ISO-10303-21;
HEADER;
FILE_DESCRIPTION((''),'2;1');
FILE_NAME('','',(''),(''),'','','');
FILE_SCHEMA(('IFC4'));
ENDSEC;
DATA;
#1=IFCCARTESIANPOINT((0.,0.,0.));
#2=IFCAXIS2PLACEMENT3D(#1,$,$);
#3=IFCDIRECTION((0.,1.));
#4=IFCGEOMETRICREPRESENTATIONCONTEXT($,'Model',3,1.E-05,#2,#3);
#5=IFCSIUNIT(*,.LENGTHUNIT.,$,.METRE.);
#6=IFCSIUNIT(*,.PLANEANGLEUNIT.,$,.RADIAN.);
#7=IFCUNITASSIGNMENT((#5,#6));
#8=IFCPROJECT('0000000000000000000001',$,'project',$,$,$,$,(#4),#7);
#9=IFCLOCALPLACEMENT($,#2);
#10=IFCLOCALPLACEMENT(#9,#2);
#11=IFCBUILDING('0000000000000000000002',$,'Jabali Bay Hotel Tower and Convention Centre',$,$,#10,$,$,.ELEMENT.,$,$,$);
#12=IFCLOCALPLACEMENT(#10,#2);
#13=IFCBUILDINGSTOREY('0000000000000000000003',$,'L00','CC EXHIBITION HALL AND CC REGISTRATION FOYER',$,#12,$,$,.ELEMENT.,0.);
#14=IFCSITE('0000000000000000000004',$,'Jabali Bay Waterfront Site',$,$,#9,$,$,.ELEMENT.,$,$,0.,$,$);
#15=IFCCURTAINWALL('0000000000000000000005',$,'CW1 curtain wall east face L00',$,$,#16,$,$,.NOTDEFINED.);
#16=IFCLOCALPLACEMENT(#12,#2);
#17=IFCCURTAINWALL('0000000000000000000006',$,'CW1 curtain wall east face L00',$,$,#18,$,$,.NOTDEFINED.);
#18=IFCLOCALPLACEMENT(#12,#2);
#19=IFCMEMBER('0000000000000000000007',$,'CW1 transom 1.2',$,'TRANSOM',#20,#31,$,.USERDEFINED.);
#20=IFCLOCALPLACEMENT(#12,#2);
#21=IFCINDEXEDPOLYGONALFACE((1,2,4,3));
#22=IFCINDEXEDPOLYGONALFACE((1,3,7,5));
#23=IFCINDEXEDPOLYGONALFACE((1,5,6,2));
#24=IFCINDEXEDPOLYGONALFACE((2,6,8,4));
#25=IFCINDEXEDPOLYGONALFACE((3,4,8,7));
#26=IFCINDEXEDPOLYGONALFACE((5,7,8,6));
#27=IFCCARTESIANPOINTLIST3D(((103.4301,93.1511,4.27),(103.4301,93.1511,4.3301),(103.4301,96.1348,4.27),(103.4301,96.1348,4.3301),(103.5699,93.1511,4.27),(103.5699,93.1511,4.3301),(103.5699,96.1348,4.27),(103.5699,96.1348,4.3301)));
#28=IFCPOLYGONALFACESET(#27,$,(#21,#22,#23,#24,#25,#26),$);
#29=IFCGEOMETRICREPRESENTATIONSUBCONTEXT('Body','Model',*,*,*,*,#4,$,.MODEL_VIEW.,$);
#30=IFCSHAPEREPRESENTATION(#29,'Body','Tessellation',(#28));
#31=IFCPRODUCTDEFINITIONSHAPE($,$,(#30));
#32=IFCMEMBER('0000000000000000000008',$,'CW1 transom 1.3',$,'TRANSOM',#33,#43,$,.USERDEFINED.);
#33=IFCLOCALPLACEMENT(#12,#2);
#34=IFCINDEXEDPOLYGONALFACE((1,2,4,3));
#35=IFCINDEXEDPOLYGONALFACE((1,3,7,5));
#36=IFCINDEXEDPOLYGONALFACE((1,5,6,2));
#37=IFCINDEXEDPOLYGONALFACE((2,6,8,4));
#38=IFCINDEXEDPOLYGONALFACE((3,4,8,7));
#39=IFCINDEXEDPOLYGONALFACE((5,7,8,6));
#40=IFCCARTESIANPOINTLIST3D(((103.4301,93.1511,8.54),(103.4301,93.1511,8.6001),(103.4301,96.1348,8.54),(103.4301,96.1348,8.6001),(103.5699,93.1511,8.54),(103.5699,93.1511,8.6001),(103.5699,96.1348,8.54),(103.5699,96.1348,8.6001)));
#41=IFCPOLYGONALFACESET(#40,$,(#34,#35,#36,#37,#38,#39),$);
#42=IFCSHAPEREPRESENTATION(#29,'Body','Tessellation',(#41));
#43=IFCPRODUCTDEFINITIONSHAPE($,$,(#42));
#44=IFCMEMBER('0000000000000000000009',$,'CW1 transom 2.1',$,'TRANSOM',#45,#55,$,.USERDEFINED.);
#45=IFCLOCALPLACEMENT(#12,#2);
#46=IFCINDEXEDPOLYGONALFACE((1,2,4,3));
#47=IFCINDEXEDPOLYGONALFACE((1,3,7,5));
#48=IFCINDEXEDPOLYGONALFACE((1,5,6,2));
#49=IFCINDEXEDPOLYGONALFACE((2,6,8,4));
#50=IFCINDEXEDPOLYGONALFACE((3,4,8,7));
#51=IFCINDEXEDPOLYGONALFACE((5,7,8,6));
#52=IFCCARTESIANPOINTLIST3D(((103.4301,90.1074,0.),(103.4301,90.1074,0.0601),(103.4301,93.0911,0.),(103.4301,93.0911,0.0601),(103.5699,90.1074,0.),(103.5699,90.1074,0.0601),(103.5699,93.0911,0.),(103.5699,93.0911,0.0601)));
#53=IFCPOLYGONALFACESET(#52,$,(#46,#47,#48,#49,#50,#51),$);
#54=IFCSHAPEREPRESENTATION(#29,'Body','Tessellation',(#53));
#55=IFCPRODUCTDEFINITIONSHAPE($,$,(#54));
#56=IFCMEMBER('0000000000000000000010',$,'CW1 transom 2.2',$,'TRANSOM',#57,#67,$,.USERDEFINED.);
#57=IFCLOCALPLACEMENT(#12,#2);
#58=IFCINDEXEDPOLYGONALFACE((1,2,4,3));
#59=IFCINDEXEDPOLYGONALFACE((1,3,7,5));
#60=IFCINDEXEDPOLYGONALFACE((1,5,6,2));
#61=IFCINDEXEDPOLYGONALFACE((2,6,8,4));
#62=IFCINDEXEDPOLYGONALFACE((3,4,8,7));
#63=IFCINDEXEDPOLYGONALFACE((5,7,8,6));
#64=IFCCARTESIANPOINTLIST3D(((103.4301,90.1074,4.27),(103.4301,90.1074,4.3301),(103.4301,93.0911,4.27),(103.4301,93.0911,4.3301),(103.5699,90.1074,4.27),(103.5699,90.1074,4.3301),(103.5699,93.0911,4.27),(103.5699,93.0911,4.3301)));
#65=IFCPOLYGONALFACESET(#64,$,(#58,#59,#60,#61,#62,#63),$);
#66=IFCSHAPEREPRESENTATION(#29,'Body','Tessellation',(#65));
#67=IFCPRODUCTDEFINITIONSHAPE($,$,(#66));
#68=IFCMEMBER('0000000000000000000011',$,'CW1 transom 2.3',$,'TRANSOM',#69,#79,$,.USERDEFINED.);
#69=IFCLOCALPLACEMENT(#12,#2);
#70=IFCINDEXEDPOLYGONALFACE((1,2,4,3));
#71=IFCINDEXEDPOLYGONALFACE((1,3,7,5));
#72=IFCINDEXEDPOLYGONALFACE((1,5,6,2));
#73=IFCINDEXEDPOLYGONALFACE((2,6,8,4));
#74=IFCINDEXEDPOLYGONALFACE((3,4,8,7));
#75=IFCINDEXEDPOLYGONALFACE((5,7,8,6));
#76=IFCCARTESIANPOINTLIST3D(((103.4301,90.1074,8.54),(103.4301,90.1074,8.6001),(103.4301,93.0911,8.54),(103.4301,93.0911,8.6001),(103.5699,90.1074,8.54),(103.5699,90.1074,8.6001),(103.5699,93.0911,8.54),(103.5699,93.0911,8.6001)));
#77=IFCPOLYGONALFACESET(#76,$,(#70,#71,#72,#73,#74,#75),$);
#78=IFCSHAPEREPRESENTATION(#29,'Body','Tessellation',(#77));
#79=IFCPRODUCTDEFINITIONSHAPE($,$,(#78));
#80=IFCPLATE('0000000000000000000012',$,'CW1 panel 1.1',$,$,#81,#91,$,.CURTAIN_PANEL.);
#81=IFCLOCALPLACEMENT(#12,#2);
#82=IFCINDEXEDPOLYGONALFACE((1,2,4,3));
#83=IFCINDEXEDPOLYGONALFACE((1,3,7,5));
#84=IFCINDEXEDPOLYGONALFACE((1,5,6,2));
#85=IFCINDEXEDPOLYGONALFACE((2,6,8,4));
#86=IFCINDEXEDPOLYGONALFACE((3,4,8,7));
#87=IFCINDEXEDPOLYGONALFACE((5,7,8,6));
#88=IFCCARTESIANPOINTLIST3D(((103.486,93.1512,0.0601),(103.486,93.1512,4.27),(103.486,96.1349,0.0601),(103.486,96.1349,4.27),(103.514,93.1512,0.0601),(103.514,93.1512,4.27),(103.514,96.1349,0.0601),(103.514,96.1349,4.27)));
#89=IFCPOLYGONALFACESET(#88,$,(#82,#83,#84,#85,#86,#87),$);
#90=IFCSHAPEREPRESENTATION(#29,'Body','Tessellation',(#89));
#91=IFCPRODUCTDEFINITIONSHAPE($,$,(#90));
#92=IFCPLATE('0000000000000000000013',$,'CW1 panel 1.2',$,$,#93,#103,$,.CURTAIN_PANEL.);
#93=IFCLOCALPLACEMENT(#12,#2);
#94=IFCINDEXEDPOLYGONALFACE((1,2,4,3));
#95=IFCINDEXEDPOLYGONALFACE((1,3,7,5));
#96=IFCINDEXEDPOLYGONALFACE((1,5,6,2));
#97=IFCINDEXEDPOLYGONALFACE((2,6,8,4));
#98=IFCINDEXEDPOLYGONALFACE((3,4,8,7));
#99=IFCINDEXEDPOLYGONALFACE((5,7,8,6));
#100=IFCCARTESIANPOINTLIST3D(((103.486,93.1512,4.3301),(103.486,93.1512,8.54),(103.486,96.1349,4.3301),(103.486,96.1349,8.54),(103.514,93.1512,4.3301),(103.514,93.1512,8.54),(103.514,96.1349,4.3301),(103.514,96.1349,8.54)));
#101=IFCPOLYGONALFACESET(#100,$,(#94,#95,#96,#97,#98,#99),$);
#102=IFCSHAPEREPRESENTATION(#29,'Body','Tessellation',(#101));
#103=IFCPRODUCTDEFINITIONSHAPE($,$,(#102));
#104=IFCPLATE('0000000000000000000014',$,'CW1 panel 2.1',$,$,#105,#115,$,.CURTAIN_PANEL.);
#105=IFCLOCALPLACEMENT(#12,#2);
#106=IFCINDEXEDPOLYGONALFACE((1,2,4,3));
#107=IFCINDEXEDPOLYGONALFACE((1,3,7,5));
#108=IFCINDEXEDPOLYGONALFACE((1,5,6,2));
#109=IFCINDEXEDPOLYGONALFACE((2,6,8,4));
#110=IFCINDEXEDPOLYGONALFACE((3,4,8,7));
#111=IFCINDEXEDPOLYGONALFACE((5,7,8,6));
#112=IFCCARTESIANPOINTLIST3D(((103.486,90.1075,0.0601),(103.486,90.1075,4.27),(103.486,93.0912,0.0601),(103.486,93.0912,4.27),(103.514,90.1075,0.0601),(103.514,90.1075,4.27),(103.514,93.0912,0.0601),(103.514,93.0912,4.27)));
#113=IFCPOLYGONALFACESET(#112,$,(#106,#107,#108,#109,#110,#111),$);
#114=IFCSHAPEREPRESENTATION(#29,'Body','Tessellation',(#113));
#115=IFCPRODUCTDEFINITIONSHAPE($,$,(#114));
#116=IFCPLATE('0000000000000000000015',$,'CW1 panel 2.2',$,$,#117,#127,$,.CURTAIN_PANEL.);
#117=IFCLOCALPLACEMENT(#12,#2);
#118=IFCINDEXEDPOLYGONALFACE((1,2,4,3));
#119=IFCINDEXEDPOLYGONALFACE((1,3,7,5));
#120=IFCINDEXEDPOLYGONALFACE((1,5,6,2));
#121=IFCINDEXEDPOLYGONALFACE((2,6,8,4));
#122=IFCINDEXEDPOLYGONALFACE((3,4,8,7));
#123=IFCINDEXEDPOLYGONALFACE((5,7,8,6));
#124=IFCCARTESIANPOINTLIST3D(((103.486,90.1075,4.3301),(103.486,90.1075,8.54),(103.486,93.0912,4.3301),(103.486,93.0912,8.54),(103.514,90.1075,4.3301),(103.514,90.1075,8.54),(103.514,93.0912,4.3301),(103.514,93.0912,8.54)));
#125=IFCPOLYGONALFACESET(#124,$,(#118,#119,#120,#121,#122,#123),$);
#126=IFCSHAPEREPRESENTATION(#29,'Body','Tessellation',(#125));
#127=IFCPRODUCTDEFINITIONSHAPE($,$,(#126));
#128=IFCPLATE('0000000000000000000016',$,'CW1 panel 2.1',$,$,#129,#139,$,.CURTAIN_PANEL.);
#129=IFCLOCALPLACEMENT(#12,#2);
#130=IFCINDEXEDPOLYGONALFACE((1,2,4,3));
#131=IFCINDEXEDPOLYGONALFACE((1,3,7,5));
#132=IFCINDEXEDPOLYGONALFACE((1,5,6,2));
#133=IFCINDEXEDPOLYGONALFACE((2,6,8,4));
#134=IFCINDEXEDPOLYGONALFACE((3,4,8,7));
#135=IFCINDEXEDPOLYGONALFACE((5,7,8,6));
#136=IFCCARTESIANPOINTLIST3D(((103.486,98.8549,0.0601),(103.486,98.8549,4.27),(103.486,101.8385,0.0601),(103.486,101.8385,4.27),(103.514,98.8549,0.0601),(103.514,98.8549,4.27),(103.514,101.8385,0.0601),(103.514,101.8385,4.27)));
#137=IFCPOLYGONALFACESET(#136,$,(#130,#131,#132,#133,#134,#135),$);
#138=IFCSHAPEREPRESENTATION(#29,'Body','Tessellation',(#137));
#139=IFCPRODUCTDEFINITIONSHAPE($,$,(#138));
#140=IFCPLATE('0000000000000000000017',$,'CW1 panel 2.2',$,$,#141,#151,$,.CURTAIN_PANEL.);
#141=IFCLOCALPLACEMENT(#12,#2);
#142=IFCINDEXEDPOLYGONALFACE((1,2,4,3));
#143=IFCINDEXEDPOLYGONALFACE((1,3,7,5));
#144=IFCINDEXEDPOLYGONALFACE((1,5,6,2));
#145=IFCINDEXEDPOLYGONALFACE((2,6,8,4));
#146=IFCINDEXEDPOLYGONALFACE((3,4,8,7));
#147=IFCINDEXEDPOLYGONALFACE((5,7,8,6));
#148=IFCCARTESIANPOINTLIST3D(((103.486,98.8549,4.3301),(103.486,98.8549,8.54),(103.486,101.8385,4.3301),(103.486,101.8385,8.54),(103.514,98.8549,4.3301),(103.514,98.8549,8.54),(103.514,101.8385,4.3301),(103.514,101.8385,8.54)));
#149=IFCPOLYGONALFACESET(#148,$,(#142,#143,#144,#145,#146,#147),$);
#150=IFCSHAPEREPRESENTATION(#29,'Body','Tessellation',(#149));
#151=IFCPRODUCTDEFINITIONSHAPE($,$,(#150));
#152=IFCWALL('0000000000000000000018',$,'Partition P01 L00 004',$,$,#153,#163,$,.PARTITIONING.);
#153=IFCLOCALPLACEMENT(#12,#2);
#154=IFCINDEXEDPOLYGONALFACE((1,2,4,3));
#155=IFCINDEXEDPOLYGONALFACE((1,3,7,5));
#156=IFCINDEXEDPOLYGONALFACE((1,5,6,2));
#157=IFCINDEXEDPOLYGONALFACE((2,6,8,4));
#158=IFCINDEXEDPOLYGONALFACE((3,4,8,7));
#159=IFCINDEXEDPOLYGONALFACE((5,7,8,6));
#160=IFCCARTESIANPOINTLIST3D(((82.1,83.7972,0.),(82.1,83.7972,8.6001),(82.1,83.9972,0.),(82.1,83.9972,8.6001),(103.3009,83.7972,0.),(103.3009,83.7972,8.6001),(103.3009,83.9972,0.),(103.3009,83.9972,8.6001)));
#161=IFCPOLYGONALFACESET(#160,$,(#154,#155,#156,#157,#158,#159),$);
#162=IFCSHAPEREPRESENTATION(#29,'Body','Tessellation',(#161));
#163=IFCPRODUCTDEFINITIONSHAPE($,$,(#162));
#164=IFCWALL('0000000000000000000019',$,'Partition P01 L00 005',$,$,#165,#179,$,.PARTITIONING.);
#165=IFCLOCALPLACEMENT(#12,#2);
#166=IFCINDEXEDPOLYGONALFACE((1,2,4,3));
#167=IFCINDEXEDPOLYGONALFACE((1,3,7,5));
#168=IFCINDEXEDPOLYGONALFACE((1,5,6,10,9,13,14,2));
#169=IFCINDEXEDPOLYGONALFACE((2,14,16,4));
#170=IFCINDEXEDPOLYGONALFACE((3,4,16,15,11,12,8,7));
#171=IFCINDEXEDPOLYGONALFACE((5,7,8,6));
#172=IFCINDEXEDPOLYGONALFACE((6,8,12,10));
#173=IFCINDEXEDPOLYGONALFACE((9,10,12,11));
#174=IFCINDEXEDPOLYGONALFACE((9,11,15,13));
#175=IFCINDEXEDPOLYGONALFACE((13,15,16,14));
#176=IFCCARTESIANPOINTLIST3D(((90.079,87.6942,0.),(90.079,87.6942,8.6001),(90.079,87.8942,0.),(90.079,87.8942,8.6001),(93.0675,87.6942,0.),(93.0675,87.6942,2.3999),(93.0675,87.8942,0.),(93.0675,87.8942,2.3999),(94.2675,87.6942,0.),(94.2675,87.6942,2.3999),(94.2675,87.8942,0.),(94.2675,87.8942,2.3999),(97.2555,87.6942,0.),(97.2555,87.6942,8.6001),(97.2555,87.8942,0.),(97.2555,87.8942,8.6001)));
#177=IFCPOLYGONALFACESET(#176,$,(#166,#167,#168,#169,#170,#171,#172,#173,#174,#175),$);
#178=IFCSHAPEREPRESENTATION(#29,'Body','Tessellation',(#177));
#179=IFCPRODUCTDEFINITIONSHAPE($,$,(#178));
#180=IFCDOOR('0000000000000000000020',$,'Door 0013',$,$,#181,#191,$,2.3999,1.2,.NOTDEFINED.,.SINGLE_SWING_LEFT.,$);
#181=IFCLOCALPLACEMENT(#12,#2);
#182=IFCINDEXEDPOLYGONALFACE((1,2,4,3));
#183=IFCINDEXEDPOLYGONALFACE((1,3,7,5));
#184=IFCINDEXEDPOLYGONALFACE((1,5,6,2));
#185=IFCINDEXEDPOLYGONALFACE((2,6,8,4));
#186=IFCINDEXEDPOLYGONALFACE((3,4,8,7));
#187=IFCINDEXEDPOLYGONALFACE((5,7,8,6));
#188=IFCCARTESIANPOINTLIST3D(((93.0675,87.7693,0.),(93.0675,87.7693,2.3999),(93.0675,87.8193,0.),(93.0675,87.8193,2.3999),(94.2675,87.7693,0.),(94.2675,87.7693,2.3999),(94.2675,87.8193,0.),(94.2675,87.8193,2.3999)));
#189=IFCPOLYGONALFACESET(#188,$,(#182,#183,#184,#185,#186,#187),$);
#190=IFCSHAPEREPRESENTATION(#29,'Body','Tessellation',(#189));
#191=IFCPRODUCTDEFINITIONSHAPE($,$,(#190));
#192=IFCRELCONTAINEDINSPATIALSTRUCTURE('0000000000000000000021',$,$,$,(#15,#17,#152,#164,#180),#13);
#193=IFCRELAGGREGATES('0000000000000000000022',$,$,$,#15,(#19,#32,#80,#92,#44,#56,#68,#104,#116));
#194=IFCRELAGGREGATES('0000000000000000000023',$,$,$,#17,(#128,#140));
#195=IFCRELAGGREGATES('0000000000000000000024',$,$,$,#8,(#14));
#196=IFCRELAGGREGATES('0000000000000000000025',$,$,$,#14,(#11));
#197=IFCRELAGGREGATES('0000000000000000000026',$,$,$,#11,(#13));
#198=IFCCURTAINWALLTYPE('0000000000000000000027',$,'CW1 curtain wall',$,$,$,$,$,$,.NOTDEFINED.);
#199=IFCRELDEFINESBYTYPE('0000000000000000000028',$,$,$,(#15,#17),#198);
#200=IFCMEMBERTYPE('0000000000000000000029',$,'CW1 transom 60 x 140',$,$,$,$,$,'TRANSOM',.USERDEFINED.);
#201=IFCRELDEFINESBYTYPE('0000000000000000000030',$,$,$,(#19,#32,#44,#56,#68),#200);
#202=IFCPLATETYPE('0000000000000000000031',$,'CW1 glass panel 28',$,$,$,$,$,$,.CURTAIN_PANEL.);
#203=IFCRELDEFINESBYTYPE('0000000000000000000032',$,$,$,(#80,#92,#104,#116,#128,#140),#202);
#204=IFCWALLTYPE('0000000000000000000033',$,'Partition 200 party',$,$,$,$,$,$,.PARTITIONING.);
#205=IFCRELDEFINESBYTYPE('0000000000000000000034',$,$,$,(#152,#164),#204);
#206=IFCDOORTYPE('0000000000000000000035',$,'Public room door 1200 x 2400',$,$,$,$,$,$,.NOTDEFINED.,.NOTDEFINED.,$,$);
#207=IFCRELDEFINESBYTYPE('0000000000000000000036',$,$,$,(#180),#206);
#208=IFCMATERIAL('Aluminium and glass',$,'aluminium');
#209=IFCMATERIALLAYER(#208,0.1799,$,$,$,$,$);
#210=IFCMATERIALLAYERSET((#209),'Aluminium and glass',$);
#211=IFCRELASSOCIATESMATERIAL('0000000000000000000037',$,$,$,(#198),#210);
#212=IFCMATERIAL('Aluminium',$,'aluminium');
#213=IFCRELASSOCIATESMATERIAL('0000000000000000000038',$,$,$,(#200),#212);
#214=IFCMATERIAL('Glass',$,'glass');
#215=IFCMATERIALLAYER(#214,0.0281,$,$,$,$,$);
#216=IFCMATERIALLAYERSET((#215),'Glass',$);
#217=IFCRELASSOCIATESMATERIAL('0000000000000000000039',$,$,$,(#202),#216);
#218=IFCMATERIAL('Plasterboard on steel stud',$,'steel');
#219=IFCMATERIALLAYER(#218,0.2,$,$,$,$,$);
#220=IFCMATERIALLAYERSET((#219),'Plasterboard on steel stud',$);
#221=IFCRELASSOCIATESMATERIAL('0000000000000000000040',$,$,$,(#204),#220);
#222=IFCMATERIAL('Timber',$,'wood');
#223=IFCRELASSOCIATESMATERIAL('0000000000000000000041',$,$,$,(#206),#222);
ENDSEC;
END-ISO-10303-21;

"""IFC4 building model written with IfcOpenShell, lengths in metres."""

from ifc_helpers import new_model, si_unit, direction, frame, frame_2d, origin, origin_2d, place, context, subcontext, project, spatial, rectangle, extrude, material, layer, layer_set, material_profile, profile_set, type_object, element, fill, aggregate, save


model = new_model("IFC4")

# Units and contexts
model_context = context("Model", 3, precision=1e-05, world=origin(), true_north=direction((0.0, 1.0)))
body_context = subcontext(model_context, "Body", "Model", "MODEL_VIEW")
ifc_project = project(units=[si_unit("LENGTHUNIT", "METRE"), si_unit("PLANEANGLEUNIT", "RADIAN")], contexts=[model_context])

# Site, building, storey
site_placement = place(None, origin())
site = spatial("IfcSite", under=ifc_project, at=site_placement, Name="Jabali Bay Waterfront Site", CompositionType="ELEMENT", RefElevation=0.0)
building_placement = place(site_placement, origin())
building = spatial("IfcBuilding", under=site, at=building_placement, Name="Jabali Bay Hotel Tower and Convention Centre", CompositionType="ELEMENT")
storey_placement = place(building_placement, origin())
storey = spatial("IfcBuildingStorey", under=building, at=storey_placement, Name="L00", Description="CC EXHIBITION HALL AND CC REGISTRATION FOYER", CompositionType="ELEMENT", Elevation=0.0)

# Curtain wall
ifc_material_1 = material(Name="Aluminium and glass", Category="aluminium")
ifc_layer_1 = layer(ifc_material_1, 0.1799)
ifc_layer_set_1 = layer_set([ifc_layer_1], Name="Aluminium and glass")
curtain_wall_type = type_object("IfcCurtainWallType", Name="CW1 curtain wall", PredefinedType="NOTDEFINED", material=ifc_layer_set_1)
curtain_wall_1_placement = place(storey_placement, origin())
curtain_wall_1 = element("IfcCurtainWall", 1, at=curtain_wall_1_placement, inside=storey, type_object=curtain_wall_type, Name="CW1 curtain wall east face L00", PredefinedType="NOTDEFINED")
ifc_material_2 = material(Name="Aluminium", Category="aluminium")

# Curtain wall
curtain_wall_2_placement = place(storey_placement, origin())
curtain_wall_2 = element("IfcCurtainWall", 2, at=curtain_wall_2_placement, inside=storey, type_object=curtain_wall_type, Name="CW1 curtain wall east face L00", PredefinedType="NOTDEFINED")

# Members
ifc_material_profile_1 = material_profile(ifc_material_2, rectangle(XDim=0.1399, YDim=0.0601, at=origin_2d()), Name="CW1 transom 60 x 140")
ifc_profile_set_1 = profile_set([ifc_material_profile_1], Name="Aluminium")
member_type_1 = type_object("IfcMemberType", Name="CW1 transom 60 x 140", ElementType="TRANSOM", PredefinedType="USERDEFINED", material=ifc_profile_set_1)
member_1_placement = place(storey_placement, frame((103.5, 96.1348, 4.3), z_axis=(0.0, -1.0, 0.0), x_axis=(1.0, 0.0, 0.0)))
member_1 = element("IfcMember", 3, at=member_1_placement, type_object=member_type_1, Name="CW1 transom 1.2", ObjectType="TRANSOM", PredefinedType="USERDEFINED", context=body_context, shape_type="SweptSolid", body=[
    extrude(rectangle(XDim=0.1399, YDim=0.0601, at=origin_2d()), origin(), (0.0, 0.0, 1.0), 2.9836),
])
member_2_placement = place(storey_placement, frame((103.5, 96.1348, 8.5701), z_axis=(0.0, -1.0, 0.0), x_axis=(1.0, 0.0, 0.0)))
member_2 = element("IfcMember", 4, at=member_2_placement, type_object=member_type_1, Name="CW1 transom 1.3", ObjectType="TRANSOM", PredefinedType="USERDEFINED", context=body_context, shape_type="SweptSolid", body=[
    extrude(rectangle(XDim=0.1399, YDim=0.0601, at=origin_2d()), origin(), (0.0, 0.0, 1.0), 2.9836),
])
member_3_placement = place(storey_placement, frame((103.5, 93.0911, 0.03), z_axis=(0.0, -1.0, 0.0), x_axis=(1.0, 0.0, 0.0)))
member_3 = element("IfcMember", 5, at=member_3_placement, type_object=member_type_1, Name="CW1 transom 2.1", ObjectType="TRANSOM", PredefinedType="USERDEFINED", context=body_context, shape_type="SweptSolid", body=[
    extrude(rectangle(XDim=0.1399, YDim=0.0601, at=origin_2d()), origin(), (0.0, 0.0, 1.0), 2.9836),
])
member_4_placement = place(storey_placement, frame((103.5, 93.0911, 4.3), z_axis=(0.0, -1.0, 0.0), x_axis=(1.0, 0.0, 0.0)))
member_4 = element("IfcMember", 6, at=member_4_placement, type_object=member_type_1, Name="CW1 transom 2.2", ObjectType="TRANSOM", PredefinedType="USERDEFINED", context=body_context, shape_type="SweptSolid", body=[
    extrude(rectangle(XDim=0.1399, YDim=0.0601, at=origin_2d()), origin(), (0.0, 0.0, 1.0), 2.9836),
])
member_5_placement = place(storey_placement, frame((103.5, 93.0911, 8.5701), z_axis=(0.0, -1.0, 0.0), x_axis=(1.0, 0.0, 0.0)))
member_5 = element("IfcMember", 7, at=member_5_placement, type_object=member_type_1, Name="CW1 transom 2.3", ObjectType="TRANSOM", PredefinedType="USERDEFINED", context=body_context, shape_type="SweptSolid", body=[
    extrude(rectangle(XDim=0.1399, YDim=0.0601, at=origin_2d()), origin(), (0.0, 0.0, 1.0), 2.9836),
])

# Plates
ifc_material_3 = material(Name="Glass", Category="glass")
ifc_layer_2 = layer(ifc_material_3, 0.0281)
ifc_layer_set_2 = layer_set([ifc_layer_2], Name="Glass")
plate_type = type_object("IfcPlateType", Name="CW1 glass panel 28", PredefinedType="CURTAIN_PANEL", material=ifc_layer_set_2)
plate_1_placement = place(storey_placement, frame((103.5, 94.6431, 0.0601), z_axis=(0.0, 0.0, 1.0), x_axis=(0.0, -1.0, 0.0)))
plate_1 = element("IfcPlate", 8, at=plate_1_placement, type_object=plate_type, Name="CW1 panel 1.1", PredefinedType="CURTAIN_PANEL", context=body_context, shape_type="SweptSolid", body=[
    extrude(rectangle(XDim=2.9836, YDim=0.0281, at=origin_2d()), origin(), (0.0, 0.0, 1.0), 4.21),
])
plate_2_placement = place(storey_placement, frame((103.5, 94.6431, 4.3301), z_axis=(0.0, 0.0, 1.0), x_axis=(0.0, -1.0, 0.0)))
plate_2 = element("IfcPlate", 9, at=plate_2_placement, type_object=plate_type, Name="CW1 panel 1.2", PredefinedType="CURTAIN_PANEL", context=body_context, shape_type="SweptSolid", body=[
    extrude(rectangle(XDim=2.9836, YDim=0.0281, at=origin_2d()), origin(), (0.0, 0.0, 1.0), 4.21),
])
plate_3_placement = place(storey_placement, frame((103.5, 91.5994, 0.0601), z_axis=(0.0, 0.0, 1.0), x_axis=(0.0, -1.0, 0.0)))
plate_3 = element("IfcPlate", 10, at=plate_3_placement, type_object=plate_type, Name="CW1 panel 2.1", PredefinedType="CURTAIN_PANEL", context=body_context, shape_type="SweptSolid", body=[
    extrude(rectangle(XDim=2.9836, YDim=0.0281, at=origin_2d()), origin(), (0.0, 0.0, 1.0), 4.21),
])
plate_4_placement = place(storey_placement, frame((103.5, 91.5994, 4.3301), z_axis=(0.0, 0.0, 1.0), x_axis=(0.0, -1.0, 0.0)))
plate_4 = element("IfcPlate", 11, at=plate_4_placement, type_object=plate_type, Name="CW1 panel 2.2", PredefinedType="CURTAIN_PANEL", context=body_context, shape_type="SweptSolid", body=[
    extrude(rectangle(XDim=2.9836, YDim=0.0281, at=origin_2d()), origin(), (0.0, 0.0, 1.0), 4.21),
])
aggregate(curtain_wall_1, [member_1, member_2, plate_1, plate_2, member_3, member_4, member_5, plate_3, plate_4])
plate_5_placement = place(storey_placement, frame((103.5, 100.3467, 0.0601), z_axis=(0.0, 0.0, 1.0), x_axis=(0.0, -1.0, 0.0)))
plate_5 = element("IfcPlate", 12, at=plate_5_placement, type_object=plate_type, Name="CW1 panel 2.1", PredefinedType="CURTAIN_PANEL", context=body_context, shape_type="SweptSolid", body=[
    extrude(rectangle(XDim=2.9836, YDim=0.0281, at=origin_2d()), origin(), (0.0, 0.0, 1.0), 4.21),
])
plate_6_placement = place(storey_placement, frame((103.5, 100.3467, 4.3301), z_axis=(0.0, 0.0, 1.0), x_axis=(0.0, -1.0, 0.0)))
plate_6 = element("IfcPlate", 13, at=plate_6_placement, type_object=plate_type, Name="CW1 panel 2.2", PredefinedType="CURTAIN_PANEL", context=body_context, shape_type="SweptSolid", body=[
    extrude(rectangle(XDim=2.9836, YDim=0.0281, at=origin_2d()), origin(), (0.0, 0.0, 1.0), 4.21),
])
aggregate(curtain_wall_2, [plate_5, plate_6])

# Wall
ifc_material_4 = material(Name="Plasterboard on steel stud", Category="steel")
ifc_layer_3 = layer(ifc_material_4, 0.2)
ifc_layer_set_3 = layer_set([ifc_layer_3], Name="Plasterboard on steel stud")
wall_type_1 = type_object("IfcWallType", Name="Partition 200 party", PredefinedType="PARTITIONING", material=ifc_layer_set_3)
wall_1_placement = place(storey_placement, frame((103.301, 83.8972, 0.0), z_axis=(0.0, 0.0, 1.0), x_axis=(-1.0, 0.0, 0.0)))
element("IfcWall", 14, at=wall_1_placement, inside=storey, type_object=wall_type_1, Name="Partition P01 L00 004", PredefinedType="PARTITIONING", context=body_context, shape_type="SweptSolid", body=[
    extrude(rectangle(XDim=21.2009, YDim=0.2, at=frame_2d((10.6006, 0.0))), origin(), (0.0, 0.0, 1.0), 8.6001),
])

# Wall, opening, door
wall_2_placement = place(storey_placement, frame((97.2556, 87.7942, 0.0), z_axis=(0.0, 0.0, 1.0), x_axis=(-1.0, 0.0, 0.0)))
wall_2 = element("IfcWall", 15, at=wall_2_placement, inside=storey, type_object=wall_type_1, Name="Partition P01 L00 005", PredefinedType="PARTITIONING", context=body_context, shape_type="SweptSolid", body=[
    extrude(rectangle(XDim=7.1765, YDim=0.2, at=frame_2d((3.5884, 0.0))), origin(), (0.0, 0.0, 1.0), 8.6001),
])
opening_1_placement = place(wall_2_placement, frame((2.988, 0.0, 0.0)))
opening_1 = element("IfcOpeningElement", 16, at=opening_1_placement, cuts=wall_2, PredefinedType="OPENING", context=body_context, shape_type="SweptSolid", body=[
    extrude(rectangle(XDim=1.2, YDim=2.3999, at=frame_2d((0.6001, 1.2))), frame((0.0, 0.1104, 0.0), z_axis=(0.0, -1.0, 0.0), x_axis=(1.0, 0.0, 0.0)), (0.0, 0.0, 1.0), 0.2209),
])
ifc_material_5 = material(Name="Timber", Category="wood")
door_type_1 = type_object("IfcDoorType", Name="Public room door 1200 x 2400", OperationType="NOTDEFINED", PredefinedType="NOTDEFINED", material=ifc_material_5)
door_1_placement = place(opening_1_placement, origin())
door_1 = element("IfcDoor", 17, at=door_1_placement, inside=storey, type_object=door_type_1, Name="Door 0013", OperationType="SINGLE_SWING_LEFT", OverallHeight=2.3999, OverallWidth=1.2, PredefinedType="NOTDEFINED", context=body_context, shape_type="SweptSolid", body=[
    extrude(rectangle(XDim=1.2, YDim=2.3999, at=frame_2d((0.6001, 1.2))), frame((0.0, 0.0249, 0.0), z_axis=(0.0, -1.0, 0.0), x_axis=(1.0, 0.0, 0.0)), (0.0, 0.0, 1.0), 0.05),
])
fill(opening_1, door_1)

save(model, "model.ifc")
